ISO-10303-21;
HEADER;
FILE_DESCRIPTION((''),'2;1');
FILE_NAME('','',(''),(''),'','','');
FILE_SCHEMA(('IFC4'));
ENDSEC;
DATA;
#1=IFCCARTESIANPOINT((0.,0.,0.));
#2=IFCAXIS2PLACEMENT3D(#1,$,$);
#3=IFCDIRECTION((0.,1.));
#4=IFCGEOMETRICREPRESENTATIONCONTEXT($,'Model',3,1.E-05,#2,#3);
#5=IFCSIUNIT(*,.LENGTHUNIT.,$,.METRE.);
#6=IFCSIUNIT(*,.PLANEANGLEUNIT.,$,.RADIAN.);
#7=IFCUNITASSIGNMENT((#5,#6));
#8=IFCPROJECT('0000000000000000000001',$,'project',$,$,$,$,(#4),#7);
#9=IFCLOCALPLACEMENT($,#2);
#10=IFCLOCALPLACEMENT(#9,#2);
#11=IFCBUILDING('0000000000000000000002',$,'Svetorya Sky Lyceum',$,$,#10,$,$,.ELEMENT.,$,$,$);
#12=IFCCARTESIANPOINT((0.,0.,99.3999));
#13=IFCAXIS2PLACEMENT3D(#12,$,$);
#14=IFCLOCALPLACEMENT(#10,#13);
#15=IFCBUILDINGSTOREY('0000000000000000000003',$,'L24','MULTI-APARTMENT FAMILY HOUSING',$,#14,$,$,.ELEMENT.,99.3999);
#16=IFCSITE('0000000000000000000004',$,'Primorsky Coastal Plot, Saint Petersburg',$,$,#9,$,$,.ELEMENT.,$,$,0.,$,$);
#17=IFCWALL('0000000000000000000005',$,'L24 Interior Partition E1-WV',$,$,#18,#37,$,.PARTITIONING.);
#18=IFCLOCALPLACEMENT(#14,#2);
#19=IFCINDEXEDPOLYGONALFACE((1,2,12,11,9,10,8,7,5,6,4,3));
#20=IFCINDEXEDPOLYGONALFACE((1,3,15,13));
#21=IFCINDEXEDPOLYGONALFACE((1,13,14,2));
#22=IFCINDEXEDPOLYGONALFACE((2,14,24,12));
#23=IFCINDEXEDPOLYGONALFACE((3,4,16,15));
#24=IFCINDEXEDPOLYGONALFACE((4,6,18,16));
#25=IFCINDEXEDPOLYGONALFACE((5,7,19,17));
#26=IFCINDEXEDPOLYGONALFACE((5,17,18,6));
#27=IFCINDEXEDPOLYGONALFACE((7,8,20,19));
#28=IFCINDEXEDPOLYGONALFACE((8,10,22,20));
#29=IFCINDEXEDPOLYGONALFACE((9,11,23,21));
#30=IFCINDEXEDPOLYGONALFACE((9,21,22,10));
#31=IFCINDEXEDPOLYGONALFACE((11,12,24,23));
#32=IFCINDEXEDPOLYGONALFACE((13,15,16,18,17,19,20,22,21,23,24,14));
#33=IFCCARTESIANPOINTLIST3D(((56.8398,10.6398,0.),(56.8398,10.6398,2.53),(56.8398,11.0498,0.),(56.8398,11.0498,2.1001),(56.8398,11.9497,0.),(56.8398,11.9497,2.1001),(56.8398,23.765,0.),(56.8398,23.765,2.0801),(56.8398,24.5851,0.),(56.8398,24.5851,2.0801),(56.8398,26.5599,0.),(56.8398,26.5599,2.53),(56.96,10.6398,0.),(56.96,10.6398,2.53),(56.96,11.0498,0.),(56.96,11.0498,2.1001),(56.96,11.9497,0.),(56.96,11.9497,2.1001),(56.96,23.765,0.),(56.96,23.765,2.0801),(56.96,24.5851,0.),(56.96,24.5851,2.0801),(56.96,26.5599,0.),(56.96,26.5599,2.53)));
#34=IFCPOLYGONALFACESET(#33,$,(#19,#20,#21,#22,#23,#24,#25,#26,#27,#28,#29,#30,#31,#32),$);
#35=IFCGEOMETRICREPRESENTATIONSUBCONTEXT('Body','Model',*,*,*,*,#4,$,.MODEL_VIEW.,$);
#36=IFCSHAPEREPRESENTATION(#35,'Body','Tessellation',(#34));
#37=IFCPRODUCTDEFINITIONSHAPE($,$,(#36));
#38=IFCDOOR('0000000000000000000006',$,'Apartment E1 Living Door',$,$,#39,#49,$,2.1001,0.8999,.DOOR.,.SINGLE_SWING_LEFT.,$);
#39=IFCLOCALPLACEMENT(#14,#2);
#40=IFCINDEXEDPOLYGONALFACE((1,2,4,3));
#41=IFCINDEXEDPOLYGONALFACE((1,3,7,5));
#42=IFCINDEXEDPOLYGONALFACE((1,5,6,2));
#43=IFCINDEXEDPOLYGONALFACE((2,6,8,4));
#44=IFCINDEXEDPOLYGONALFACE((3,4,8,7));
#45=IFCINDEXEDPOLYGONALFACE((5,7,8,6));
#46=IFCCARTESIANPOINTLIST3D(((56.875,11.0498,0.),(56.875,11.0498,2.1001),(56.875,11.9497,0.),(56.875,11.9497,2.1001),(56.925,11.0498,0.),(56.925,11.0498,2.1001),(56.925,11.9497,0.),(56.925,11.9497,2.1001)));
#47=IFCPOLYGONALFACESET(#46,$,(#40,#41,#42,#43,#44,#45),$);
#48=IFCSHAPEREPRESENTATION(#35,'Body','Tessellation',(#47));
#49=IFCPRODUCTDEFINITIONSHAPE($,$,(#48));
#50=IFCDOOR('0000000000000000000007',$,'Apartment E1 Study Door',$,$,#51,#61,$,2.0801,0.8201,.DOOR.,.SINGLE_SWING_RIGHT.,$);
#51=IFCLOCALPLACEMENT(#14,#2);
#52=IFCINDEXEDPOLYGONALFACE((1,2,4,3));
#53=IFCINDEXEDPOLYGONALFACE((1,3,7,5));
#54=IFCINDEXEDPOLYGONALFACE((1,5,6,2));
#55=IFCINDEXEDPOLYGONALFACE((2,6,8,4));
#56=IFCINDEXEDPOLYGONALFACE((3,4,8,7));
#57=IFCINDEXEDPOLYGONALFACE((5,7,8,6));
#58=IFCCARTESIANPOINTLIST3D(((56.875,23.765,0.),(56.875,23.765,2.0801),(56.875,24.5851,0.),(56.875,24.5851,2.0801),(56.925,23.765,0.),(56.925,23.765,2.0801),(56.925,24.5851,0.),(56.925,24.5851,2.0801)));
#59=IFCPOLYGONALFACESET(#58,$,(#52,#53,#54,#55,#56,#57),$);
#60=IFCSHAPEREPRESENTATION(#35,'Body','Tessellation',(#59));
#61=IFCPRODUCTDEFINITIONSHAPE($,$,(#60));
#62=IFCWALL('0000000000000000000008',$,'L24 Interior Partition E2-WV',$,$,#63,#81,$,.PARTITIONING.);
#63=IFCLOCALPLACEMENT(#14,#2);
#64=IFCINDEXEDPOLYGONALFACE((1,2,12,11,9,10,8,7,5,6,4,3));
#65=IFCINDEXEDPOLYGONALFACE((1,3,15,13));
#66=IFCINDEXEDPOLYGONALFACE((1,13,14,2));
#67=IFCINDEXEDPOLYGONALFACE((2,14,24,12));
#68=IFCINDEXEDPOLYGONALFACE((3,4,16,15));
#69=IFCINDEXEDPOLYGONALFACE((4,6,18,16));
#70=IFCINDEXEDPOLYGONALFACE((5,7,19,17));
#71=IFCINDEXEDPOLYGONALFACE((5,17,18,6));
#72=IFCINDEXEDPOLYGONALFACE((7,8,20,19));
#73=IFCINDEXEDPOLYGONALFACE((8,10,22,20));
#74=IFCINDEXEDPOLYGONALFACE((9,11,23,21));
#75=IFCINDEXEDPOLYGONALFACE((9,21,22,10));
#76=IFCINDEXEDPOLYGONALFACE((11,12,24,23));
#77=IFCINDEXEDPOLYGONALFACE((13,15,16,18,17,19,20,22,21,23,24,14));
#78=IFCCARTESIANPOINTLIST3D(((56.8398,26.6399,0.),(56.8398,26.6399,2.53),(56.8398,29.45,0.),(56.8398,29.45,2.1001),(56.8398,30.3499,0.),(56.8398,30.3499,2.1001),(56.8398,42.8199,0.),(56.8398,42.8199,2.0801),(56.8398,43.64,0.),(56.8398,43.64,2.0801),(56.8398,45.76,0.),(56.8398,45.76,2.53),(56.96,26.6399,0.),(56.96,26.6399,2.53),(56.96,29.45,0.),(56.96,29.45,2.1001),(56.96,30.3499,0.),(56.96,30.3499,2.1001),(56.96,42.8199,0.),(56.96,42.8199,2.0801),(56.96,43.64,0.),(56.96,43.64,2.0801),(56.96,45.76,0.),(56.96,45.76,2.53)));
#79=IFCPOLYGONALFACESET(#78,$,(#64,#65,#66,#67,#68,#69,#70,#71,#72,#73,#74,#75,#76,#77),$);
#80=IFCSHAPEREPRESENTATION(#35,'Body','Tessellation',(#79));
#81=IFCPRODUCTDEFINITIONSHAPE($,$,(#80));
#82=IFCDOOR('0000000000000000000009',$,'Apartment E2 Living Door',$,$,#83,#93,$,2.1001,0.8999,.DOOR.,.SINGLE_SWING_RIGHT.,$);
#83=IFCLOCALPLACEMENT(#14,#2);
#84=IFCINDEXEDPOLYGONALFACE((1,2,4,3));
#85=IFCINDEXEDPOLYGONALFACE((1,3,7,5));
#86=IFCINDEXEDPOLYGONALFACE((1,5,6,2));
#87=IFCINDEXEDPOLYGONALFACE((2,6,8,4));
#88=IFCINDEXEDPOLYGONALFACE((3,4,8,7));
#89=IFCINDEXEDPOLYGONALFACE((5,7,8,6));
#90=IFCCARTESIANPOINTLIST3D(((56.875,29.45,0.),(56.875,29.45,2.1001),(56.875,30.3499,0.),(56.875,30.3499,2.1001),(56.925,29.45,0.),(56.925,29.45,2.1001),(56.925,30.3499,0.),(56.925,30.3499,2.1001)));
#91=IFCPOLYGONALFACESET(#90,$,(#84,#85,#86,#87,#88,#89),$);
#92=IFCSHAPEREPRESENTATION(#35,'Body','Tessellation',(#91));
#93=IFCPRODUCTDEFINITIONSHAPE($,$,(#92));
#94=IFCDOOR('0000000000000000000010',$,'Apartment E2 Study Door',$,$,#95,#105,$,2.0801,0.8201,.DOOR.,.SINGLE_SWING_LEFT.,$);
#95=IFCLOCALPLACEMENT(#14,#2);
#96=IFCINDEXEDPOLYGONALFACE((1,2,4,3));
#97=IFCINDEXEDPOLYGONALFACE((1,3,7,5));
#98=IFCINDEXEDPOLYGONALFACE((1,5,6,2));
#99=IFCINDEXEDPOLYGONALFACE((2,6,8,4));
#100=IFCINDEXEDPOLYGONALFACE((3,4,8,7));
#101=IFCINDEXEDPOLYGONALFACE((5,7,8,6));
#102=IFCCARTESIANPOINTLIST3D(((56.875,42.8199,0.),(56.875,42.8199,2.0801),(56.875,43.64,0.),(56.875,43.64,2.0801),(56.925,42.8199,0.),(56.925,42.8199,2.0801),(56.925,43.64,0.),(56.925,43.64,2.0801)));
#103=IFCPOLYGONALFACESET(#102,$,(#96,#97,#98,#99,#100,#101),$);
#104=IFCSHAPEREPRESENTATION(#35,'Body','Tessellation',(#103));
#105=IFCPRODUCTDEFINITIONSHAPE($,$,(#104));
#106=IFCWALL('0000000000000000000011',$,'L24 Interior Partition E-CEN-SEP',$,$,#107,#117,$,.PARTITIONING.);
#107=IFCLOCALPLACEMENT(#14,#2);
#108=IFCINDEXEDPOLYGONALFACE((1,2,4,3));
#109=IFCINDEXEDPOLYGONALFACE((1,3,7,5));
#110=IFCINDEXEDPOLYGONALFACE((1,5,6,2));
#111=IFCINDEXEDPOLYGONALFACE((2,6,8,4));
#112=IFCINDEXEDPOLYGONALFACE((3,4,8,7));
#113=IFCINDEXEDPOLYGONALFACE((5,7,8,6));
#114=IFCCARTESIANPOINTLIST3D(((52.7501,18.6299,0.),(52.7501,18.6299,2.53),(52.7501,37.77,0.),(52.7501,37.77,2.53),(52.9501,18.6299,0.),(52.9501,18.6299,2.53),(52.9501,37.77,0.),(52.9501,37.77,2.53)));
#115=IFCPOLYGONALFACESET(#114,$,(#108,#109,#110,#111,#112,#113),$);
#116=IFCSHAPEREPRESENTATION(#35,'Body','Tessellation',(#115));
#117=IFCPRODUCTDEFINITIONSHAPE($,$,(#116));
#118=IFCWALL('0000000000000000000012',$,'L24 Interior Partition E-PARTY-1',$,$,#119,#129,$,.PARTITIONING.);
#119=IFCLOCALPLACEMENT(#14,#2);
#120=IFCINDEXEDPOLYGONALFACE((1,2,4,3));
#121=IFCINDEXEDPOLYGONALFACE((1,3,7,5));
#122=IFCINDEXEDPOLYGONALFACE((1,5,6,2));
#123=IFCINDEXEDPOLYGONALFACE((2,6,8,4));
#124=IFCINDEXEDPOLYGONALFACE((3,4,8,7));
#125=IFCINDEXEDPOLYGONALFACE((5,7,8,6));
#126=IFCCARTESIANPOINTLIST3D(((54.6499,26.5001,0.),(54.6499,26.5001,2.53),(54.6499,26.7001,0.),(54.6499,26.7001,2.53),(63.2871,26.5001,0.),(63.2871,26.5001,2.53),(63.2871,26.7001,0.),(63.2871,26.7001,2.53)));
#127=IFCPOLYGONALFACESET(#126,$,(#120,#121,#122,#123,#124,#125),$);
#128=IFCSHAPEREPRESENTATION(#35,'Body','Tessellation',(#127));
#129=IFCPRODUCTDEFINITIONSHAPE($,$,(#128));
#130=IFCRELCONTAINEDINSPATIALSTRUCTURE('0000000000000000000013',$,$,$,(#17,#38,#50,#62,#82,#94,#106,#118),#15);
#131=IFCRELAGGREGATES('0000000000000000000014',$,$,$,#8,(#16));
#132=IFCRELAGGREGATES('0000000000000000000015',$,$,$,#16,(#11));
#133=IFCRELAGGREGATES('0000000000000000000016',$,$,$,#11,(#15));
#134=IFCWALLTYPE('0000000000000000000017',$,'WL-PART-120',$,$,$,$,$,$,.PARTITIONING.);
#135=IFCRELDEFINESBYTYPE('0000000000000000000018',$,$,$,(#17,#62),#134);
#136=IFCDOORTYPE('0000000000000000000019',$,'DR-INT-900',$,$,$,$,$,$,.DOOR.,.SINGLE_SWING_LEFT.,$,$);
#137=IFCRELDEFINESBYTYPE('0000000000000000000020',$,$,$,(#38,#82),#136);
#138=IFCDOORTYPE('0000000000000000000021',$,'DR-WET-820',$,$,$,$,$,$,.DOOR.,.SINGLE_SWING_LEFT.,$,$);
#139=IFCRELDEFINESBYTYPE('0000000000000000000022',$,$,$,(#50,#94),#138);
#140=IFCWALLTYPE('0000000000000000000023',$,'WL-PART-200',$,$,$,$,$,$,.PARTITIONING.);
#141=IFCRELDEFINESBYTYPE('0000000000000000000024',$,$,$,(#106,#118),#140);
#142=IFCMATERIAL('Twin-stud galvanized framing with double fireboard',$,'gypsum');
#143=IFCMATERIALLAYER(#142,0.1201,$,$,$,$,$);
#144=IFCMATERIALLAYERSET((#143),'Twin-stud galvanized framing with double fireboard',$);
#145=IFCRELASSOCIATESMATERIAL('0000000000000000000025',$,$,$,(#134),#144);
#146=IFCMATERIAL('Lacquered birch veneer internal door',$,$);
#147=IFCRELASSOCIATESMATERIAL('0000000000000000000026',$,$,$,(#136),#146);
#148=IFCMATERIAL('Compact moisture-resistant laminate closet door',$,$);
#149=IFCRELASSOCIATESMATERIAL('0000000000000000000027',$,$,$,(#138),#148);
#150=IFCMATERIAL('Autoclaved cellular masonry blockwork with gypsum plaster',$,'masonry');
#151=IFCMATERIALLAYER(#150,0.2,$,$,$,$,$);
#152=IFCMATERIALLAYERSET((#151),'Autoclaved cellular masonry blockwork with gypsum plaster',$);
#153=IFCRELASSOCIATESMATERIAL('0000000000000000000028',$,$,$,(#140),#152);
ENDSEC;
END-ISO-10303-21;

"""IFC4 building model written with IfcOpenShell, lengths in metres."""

from ifc_helpers import new_model, si_unit, direction, frame, frame_2d, origin, place, context, subcontext, project, spatial, rectangle, extrude, material, layer, layer_set, type_object, element, fill, save


model = new_model("IFC4")

# Units and contexts
model_context = context("Model", 3, precision=1e-05, world=origin(), true_north=direction((0.0, 1.0)))
body_context = subcontext(model_context, "Body", "Model", "MODEL_VIEW")
ifc_project = project(units=[si_unit("LENGTHUNIT", "METRE"), si_unit("PLANEANGLEUNIT", "RADIAN")], contexts=[model_context])

# Site, building, storey
site_placement = place(None, origin())
site = spatial("IfcSite", under=ifc_project, at=site_placement, Name="Primorsky Coastal Plot, Saint Petersburg", CompositionType="ELEMENT", RefElevation=0.0)
building_placement = place(site_placement, origin())
building = spatial("IfcBuilding", under=site, at=building_placement, Name="Svetorya Sky Lyceum", CompositionType="ELEMENT")
storey_placement = place(building_placement, frame((0.0, 0.0, 99.3999)))
storey = spatial("IfcBuildingStorey", under=building, at=storey_placement, Name="L24", Description="MULTI-APARTMENT FAMILY HOUSING", CompositionType="ELEMENT", Elevation=99.3999)

# Shared definitions
ifc_material_1 = material(Name="Twin-stud galvanized framing with double fireboard", Category="gypsum")
ifc_layer_1 = layer(ifc_material_1, 0.1201)
ifc_layer_set_1 = layer_set([ifc_layer_1], Name="Twin-stud galvanized framing with double fireboard")
wall_type_1 = type_object("IfcWallType", Name="WL-PART-120", PredefinedType="PARTITIONING", material=ifc_layer_set_1)

# Shared definitions
ifc_material_2 = material(Name="Lacquered birch veneer internal door")
door_type_1 = type_object("IfcDoorType", Name="DR-INT-900", OperationType="SINGLE_SWING_LEFT", PredefinedType="DOOR", material=ifc_material_2)

# Walls, openings, doors
wall_1_placement = place(storey_placement, frame((56.8999, 10.6399, 0.0), z_axis=(0.0, 0.0, 1.0), x_axis=(0.0, 1.0, 0.0)))
wall_1 = element("IfcWall", 1, at=wall_1_placement, inside=storey, type_object=wall_type_1, Name="L24 Interior Partition E1-WV", PredefinedType="PARTITIONING", context=body_context, shape_type="SweptSolid", body=[
    extrude(rectangle(XDim=15.9202, YDim=0.1201, at=frame_2d((7.96, 0.0))), origin(), (0.0, 0.0, 1.0), 2.53),
])
opening_1_placement = place(wall_1_placement, frame((0.4099, 0.0, 0.0)))
opening_1 = element("IfcOpeningElement", 2, at=opening_1_placement, cuts=wall_1, PredefinedType="OPENING", context=body_context, shape_type="SweptSolid", body=[
    extrude(rectangle(XDim=0.8999, YDim=2.1001, at=frame_2d((0.45, 1.05))), frame((0.0, 0.0701, 0.0), z_axis=(0.0, -1.0, 0.0), x_axis=(1.0, 0.0, 0.0)), (0.0, 0.0, 1.0), 0.1401),
])
opening_2_placement = place(wall_1_placement, frame((13.125, 0.0, 0.0)))
opening_2 = element("IfcOpeningElement", 3, at=opening_2_placement, cuts=wall_1, PredefinedType="OPENING", context=body_context, shape_type="SweptSolid", body=[
    extrude(rectangle(XDim=0.8201, YDim=2.0801, at=frame_2d((0.4102, 1.04))), frame((0.0, 0.0701, 0.0), z_axis=(0.0, -1.0, 0.0), x_axis=(1.0, 0.0, 0.0)), (0.0, 0.0, 1.0), 0.1401),
])
door_1_placement = place(opening_1_placement, origin())
door_1 = element("IfcDoor", 4, at=door_1_placement, inside=storey, type_object=door_type_1, Name="Apartment E1 Living Door", OperationType="SINGLE_SWING_LEFT", OverallHeight=2.1001, OverallWidth=0.8999, PredefinedType="DOOR", context=body_context, shape_type="SweptSolid", body=[
    extrude(rectangle(XDim=0.8999, YDim=2.1001, at=frame_2d((0.45, 1.05))), frame((0.0, 0.0249, 0.0), z_axis=(0.0, -1.0, 0.0), x_axis=(1.0, 0.0, 0.0)), (0.0, 0.0, 1.0), 0.05),
])
fill(opening_1, door_1)
ifc_material_3 = material(Name="Compact moisture-resistant laminate closet door")
door_type_2 = type_object("IfcDoorType", Name="DR-WET-820", OperationType="SINGLE_SWING_LEFT", PredefinedType="DOOR", material=ifc_material_3)
door_2_placement = place(opening_2_placement, origin())
door_2 = element("IfcDoor", 5, at=door_2_placement, inside=storey, type_object=door_type_2, Name="Apartment E1 Study Door", OperationType="SINGLE_SWING_RIGHT", OverallHeight=2.0801, OverallWidth=0.8201, PredefinedType="DOOR", context=body_context, shape_type="SweptSolid", body=[
    extrude(rectangle(XDim=0.8201, YDim=2.0801, at=frame_2d((0.4102, 1.04))), frame((0.0, 0.0249, 0.0), z_axis=(0.0, -1.0, 0.0), x_axis=(1.0, 0.0, 0.0)), (0.0, 0.0, 1.0), 0.05),
])
fill(opening_2, door_2)
wall_2_placement = place(storey_placement, frame((56.8999, 26.6399, 0.0), z_axis=(0.0, 0.0, 1.0), x_axis=(0.0, 1.0, 0.0)))
wall_2 = element("IfcWall", 6, at=wall_2_placement, inside=storey, type_object=wall_type_1, Name="L24 Interior Partition E2-WV", PredefinedType="PARTITIONING", context=body_context, shape_type="SweptSolid", body=[
    extrude(rectangle(XDim=19.1201, YDim=0.1201, at=frame_2d((9.5601, 0.0))), origin(), (0.0, 0.0, 1.0), 2.53),
])
opening_3_placement = place(wall_2_placement, frame((2.8101, 0.0, 0.0)))
opening_3 = element("IfcOpeningElement", 7, at=opening_3_placement, cuts=wall_2, PredefinedType="OPENING", context=body_context, shape_type="SweptSolid", body=[
    extrude(rectangle(XDim=0.8999, YDim=2.1001, at=frame_2d((0.45, 1.05))), frame((0.0, 0.0701, 0.0), z_axis=(0.0, -1.0, 0.0), x_axis=(1.0, 0.0, 0.0)), (0.0, 0.0, 1.0), 0.1401),
])
opening_4_placement = place(wall_2_placement, frame((16.1799, 0.0, 0.0)))
opening_4 = element("IfcOpeningElement", 8, at=opening_4_placement, cuts=wall_2, PredefinedType="OPENING", context=body_context, shape_type="SweptSolid", body=[
    extrude(rectangle(XDim=0.8201, YDim=2.0801, at=frame_2d((0.4102, 1.04))), frame((0.0, 0.0701, 0.0), z_axis=(0.0, -1.0, 0.0), x_axis=(1.0, 0.0, 0.0)), (0.0, 0.0, 1.0), 0.1401),
])
door_3_placement = place(opening_3_placement, origin())
door_3 = element("IfcDoor", 9, at=door_3_placement, inside=storey, type_object=door_type_1, Name="Apartment E2 Living Door", OperationType="SINGLE_SWING_RIGHT", OverallHeight=2.1001, OverallWidth=0.8999, PredefinedType="DOOR", context=body_context, shape_type="SweptSolid", body=[
    extrude(rectangle(XDim=0.8999, YDim=2.1001, at=frame_2d((0.45, 1.05))), frame((0.0, 0.0249, 0.0), z_axis=(0.0, -1.0, 0.0), x_axis=(1.0, 0.0, 0.0)), (0.0, 0.0, 1.0), 0.05),
])
fill(opening_3, door_3)
door_4_placement = place(opening_4_placement, origin())
door_4 = element("IfcDoor", 10, at=door_4_placement, inside=storey, type_object=door_type_2, Name="Apartment E2 Study Door", OperationType="SINGLE_SWING_LEFT", OverallHeight=2.0801, OverallWidth=0.8201, PredefinedType="DOOR", context=body_context, shape_type="SweptSolid", body=[
    extrude(rectangle(XDim=0.8201, YDim=2.0801, at=frame_2d((0.4102, 1.04))), frame((0.0, 0.0249, 0.0), z_axis=(0.0, -1.0, 0.0), x_axis=(1.0, 0.0, 0.0)), (0.0, 0.0, 1.0), 0.05),
])
fill(opening_4, door_4)

# Walls
ifc_material_4 = material(Name="Autoclaved cellular masonry blockwork with gypsum plaster", Category="masonry")
ifc_layer_2 = layer(ifc_material_4, 0.2)
ifc_layer_set_2 = layer_set([ifc_layer_2], Name="Autoclaved cellular masonry blockwork with gypsum plaster")
wall_type_2 = type_object("IfcWallType", Name="WL-PART-200", PredefinedType="PARTITIONING", material=ifc_layer_set_2)
wall_3_placement = place(storey_placement, frame((52.8501, 18.6299, 0.0), z_axis=(0.0, 0.0, 1.0), x_axis=(0.0, 1.0, 0.0)))
element("IfcWall", 11, at=wall_3_placement, inside=storey, type_object=wall_type_2, Name="L24 Interior Partition E-CEN-SEP", PredefinedType="PARTITIONING", context=body_context, shape_type="SweptSolid", body=[
    extrude(rectangle(XDim=19.1401, YDim=0.2, at=frame_2d((9.5701, 0.0))), origin(), (0.0, 0.0, 1.0), 2.53),
])
wall_4_placement = place(storey_placement, frame((54.6499, 26.6001, 0.0), z_axis=(0.0, 0.0, 1.0), x_axis=(1.0, 0.0, 0.0)))
element("IfcWall", 12, at=wall_4_placement, inside=storey, type_object=wall_type_2, Name="L24 Interior Partition E-PARTY-1", PredefinedType="PARTITIONING", context=body_context, shape_type="SweptSolid", body=[
    extrude(rectangle(XDim=8.6372, YDim=0.2, at=frame_2d((4.3186, 0.0))), origin(), (0.0, 0.0, 1.0), 2.53),
])

save(model, "model.ifc")
